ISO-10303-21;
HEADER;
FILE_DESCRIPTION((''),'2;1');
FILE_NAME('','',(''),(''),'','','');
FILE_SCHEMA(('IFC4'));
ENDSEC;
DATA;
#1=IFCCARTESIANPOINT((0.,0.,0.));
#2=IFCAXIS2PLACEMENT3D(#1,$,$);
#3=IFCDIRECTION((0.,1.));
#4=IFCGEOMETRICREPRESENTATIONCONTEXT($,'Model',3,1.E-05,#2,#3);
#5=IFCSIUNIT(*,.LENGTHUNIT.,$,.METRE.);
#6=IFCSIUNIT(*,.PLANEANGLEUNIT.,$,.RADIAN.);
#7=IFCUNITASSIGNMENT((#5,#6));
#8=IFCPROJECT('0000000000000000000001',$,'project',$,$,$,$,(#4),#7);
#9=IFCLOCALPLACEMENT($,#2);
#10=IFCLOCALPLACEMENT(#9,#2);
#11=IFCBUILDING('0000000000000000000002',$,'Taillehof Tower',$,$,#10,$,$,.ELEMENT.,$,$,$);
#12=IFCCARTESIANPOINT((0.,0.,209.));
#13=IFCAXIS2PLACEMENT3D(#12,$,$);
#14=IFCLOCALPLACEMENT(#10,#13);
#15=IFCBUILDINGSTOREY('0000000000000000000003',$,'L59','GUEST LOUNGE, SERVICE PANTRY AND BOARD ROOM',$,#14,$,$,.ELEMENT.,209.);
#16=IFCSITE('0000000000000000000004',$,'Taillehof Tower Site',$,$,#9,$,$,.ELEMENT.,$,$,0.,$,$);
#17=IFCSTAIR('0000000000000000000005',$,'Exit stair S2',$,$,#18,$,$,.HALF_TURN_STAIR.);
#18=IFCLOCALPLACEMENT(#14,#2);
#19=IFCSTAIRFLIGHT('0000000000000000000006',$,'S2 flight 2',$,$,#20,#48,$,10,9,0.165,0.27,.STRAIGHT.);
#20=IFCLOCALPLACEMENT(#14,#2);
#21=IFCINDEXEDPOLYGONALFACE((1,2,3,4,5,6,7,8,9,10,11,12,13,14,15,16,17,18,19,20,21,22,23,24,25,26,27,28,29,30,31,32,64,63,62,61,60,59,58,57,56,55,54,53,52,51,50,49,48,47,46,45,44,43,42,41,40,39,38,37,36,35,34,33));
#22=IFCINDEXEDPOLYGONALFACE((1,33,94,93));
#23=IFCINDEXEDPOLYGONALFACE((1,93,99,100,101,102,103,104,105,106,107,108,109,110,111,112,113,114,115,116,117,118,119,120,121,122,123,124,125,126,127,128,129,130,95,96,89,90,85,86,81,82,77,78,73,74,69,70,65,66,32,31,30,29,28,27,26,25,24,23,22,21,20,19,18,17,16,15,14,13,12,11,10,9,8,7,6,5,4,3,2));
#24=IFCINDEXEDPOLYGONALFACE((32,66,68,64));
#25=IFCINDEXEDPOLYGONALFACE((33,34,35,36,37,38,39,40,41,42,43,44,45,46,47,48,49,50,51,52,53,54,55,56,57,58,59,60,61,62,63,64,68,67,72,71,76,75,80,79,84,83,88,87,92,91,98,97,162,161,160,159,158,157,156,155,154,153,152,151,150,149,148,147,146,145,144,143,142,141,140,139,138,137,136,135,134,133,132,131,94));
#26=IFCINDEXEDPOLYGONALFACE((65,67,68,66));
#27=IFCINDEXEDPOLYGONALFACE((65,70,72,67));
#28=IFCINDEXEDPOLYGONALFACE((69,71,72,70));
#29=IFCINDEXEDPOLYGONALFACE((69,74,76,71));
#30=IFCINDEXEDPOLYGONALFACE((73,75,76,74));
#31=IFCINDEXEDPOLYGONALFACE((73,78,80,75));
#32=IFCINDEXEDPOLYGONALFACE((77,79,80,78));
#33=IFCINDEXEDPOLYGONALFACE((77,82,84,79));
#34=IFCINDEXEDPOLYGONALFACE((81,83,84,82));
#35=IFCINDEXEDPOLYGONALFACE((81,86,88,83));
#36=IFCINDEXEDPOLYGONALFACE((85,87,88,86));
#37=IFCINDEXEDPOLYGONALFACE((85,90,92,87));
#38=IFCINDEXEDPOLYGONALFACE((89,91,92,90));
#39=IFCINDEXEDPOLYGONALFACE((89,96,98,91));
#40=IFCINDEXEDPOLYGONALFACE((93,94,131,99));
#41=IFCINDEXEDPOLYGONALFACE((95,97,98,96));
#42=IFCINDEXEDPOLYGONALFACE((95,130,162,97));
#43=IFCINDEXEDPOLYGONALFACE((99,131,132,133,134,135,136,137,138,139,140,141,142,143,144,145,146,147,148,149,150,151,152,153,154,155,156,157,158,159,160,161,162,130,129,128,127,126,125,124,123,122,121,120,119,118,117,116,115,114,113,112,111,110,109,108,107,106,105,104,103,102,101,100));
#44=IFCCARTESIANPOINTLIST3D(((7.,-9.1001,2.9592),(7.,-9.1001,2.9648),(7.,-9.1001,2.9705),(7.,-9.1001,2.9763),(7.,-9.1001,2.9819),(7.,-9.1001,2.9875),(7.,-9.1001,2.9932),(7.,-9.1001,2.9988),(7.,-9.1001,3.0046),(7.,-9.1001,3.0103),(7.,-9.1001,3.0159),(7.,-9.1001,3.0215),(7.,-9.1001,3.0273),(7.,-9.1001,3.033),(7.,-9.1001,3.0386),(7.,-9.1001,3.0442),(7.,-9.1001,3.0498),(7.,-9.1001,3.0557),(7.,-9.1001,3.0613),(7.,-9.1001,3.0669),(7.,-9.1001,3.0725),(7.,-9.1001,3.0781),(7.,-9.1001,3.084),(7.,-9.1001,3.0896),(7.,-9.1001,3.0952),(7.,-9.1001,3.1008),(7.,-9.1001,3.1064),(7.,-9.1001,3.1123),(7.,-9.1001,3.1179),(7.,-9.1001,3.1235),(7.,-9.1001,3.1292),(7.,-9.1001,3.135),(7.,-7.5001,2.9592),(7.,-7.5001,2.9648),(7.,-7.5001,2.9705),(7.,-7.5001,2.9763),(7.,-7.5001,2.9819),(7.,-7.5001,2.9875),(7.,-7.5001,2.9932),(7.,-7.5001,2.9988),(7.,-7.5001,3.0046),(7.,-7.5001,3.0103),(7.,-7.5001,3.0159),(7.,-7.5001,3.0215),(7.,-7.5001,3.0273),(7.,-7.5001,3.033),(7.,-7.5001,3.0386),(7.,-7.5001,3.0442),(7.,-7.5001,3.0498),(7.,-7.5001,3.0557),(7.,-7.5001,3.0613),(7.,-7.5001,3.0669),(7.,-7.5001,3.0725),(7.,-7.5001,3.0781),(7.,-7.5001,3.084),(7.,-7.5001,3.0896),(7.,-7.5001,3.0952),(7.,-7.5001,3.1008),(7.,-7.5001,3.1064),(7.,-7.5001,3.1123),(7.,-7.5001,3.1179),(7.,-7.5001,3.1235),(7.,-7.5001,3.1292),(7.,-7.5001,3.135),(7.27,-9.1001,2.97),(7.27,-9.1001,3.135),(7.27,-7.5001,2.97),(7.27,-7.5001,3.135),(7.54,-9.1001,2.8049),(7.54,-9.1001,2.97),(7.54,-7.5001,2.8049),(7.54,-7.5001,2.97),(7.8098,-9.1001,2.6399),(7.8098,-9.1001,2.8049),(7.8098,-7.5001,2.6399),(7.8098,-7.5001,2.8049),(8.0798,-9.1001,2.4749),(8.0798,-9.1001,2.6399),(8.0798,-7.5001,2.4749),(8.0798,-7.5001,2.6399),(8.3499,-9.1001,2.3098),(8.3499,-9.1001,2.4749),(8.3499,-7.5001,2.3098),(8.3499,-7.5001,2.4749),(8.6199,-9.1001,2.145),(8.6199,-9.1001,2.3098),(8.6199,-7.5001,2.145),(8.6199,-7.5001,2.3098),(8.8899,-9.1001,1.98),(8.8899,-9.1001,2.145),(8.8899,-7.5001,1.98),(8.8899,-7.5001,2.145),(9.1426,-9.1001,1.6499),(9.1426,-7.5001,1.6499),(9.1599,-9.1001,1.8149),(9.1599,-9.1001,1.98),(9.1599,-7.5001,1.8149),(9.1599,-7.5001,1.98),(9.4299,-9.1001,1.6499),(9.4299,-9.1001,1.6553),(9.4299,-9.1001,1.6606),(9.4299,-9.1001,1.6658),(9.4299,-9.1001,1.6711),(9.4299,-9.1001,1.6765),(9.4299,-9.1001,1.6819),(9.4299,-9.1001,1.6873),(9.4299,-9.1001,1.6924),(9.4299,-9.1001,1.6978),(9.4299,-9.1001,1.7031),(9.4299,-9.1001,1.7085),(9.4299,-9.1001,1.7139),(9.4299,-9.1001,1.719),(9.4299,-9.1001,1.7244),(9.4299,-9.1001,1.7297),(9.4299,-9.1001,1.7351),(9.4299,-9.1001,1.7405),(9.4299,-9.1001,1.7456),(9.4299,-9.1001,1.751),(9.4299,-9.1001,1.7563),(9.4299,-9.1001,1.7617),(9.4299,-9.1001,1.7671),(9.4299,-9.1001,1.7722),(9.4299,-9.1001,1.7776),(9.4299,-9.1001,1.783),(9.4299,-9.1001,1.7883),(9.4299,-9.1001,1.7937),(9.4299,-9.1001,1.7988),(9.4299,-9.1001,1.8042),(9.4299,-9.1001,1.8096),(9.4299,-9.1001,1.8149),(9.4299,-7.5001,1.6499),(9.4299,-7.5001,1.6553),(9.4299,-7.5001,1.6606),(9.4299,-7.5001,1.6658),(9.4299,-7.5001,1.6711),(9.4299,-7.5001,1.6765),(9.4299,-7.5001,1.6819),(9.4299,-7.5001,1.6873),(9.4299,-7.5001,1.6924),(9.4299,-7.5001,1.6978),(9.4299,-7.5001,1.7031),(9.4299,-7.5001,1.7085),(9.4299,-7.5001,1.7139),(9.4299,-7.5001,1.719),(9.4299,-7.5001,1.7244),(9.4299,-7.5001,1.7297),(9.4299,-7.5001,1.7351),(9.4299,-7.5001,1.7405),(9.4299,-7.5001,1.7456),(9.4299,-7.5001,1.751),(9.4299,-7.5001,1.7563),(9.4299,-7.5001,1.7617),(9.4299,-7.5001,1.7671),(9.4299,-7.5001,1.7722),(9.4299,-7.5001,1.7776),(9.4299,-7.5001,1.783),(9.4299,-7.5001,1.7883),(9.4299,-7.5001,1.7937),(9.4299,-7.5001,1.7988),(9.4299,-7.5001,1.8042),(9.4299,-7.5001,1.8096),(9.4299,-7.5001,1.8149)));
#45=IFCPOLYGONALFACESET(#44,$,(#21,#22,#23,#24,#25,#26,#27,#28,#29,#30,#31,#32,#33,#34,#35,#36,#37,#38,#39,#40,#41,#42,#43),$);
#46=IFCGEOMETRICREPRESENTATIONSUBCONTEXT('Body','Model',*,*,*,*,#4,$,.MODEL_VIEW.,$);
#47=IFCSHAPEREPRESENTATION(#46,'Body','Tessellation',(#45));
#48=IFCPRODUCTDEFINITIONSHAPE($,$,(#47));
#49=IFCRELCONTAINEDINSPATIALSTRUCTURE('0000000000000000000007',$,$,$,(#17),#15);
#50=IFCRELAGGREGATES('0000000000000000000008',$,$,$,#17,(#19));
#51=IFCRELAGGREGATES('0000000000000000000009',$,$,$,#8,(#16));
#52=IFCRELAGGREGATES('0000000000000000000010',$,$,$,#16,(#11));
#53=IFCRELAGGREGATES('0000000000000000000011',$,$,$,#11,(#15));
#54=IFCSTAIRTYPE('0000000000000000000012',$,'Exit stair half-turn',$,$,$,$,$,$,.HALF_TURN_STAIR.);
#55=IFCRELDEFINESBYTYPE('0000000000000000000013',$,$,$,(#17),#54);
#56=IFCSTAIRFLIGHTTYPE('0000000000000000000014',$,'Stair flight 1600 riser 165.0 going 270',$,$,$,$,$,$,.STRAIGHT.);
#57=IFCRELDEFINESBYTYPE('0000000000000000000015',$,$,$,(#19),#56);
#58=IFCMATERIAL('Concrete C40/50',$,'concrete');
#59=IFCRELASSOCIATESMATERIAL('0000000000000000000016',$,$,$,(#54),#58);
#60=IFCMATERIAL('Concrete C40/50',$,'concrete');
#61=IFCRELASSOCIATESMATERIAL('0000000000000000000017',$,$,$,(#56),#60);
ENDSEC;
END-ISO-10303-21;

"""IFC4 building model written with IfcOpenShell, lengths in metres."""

from ifc_helpers import new_model, si_unit, direction, frame, origin, place, context, subcontext, project, spatial, polyline, outline, extrude, material, type_object, element, aggregate, save


model = new_model("IFC4")

# Units and contexts
model_context = context("Model", 3, precision=1e-05, world=origin(), true_north=direction((0.0, 1.0)))
body_context = subcontext(model_context, "Body", "Model", "MODEL_VIEW")
ifc_project = project(units=[si_unit("LENGTHUNIT", "METRE"), si_unit("PLANEANGLEUNIT", "RADIAN")], contexts=[model_context])

# Site, building, storey
site_placement = place(None, origin())
site = spatial("IfcSite", under=ifc_project, at=site_placement, Name="Taillehof Tower Site", CompositionType="ELEMENT", RefElevation=0.0)
building_placement = place(site_placement, origin())
building = spatial("IfcBuilding", under=site, at=building_placement, Name="Taillehof Tower", CompositionType="ELEMENT")
storey_placement = place(building_placement, frame((0.0, 0.0, 209.0)))
storey = spatial("IfcBuildingStorey", under=building, at=storey_placement, Name="L59", Description="GUEST LOUNGE, SERVICE PANTRY AND BOARD ROOM", CompositionType="ELEMENT", Elevation=209.0)

# Stair, stair flight
ifc_material_1 = material(Name="Concrete C40/50", Category="concrete")
stair_type = type_object("IfcStairType", Name="Exit stair half-turn", PredefinedType="HALF_TURN_STAIR", material=ifc_material_1)
stair_placement = place(storey_placement, origin())
stair = element("IfcStair", 1, at=stair_placement, inside=storey, type_object=stair_type, Name="Exit stair S2", PredefinedType="HALF_TURN_STAIR")
ifc_material_2 = material(Name="Concrete C40/50", Category="concrete")
stair_flight_type = type_object("IfcStairFlightType", Name="Stair flight 1600 riser 165.0 going 270", PredefinedType="STRAIGHT", material=ifc_material_2)
stair_flight_placement = place(storey_placement, frame((9.4299, -8.3, 1.6499), z_axis=(0.0, 0.0, 1.0), x_axis=(-1.0, 0.0, 0.0)))
stair_flight = element("IfcStairFlight", 2, at=stair_flight_placement, type_object=stair_flight_type, Name="S2 flight 2", NumberOfRisers=10, NumberOfTreads=9, PredefinedType="STRAIGHT", RiserHeight=0.165, TreadLength=0.27, context=body_context, shape_type="SweptSolid", body=[
    extrude(outline(polyline([(0.0, 0.0), (0.0, 0.0054), (0.0, 0.0107), (0.0, 0.0159), (0.0, 0.0212), (0.0, 0.0266), (0.0, 0.032), (0.0, 0.0374), (0.0, 0.0425), (0.0, 0.0479), (0.0, 0.0532), (0.0, 0.0586), (0.0, 0.064), (0.0, 0.0691), (0.0, 0.0745), (0.0, 0.0798), (0.0, 0.0852), (0.0, 0.0906), (0.0, 0.0957), (0.0, 0.1011), (0.0, 0.1064), (0.0, 0.1118), (0.0, 0.1172), (0.0, 0.1223), (0.0, 0.1277), (0.0, 0.1331), (0.0, 0.1384), (0.0, 0.1438), (0.0, 0.1489), (0.0, 0.1543), (0.0, 0.1597), (0.0, 0.165), (0.27, 0.165), (0.27, 0.3301), (0.54, 0.3301), (0.54, 0.4951), (0.8101, 0.4951), (0.8101, 0.6599), (1.0801, 0.6599), (1.0801, 0.825), (1.3501, 0.825), (1.3501, 0.99), (1.6201, 0.99), (1.6201, 1.155), (1.8899, 1.155), (1.8899, 1.3201), (2.1599, 1.3201), (2.1599, 1.4851), (2.4299, 1.4851), (2.4299, 1.4792), (2.4299, 1.4736), (2.4299, 1.468), (2.4299, 1.4624), (2.4299, 1.4565), (2.4299, 1.4509), (2.4299, 1.4453), (2.4299, 1.4397), (2.4299, 1.4341), (2.4299, 1.4282), (2.4299, 1.4226), (2.4299, 1.417), (2.4299, 1.4114), (2.4299, 1.4058), (2.4299, 1.3999), (2.4299, 1.3943), (2.4299, 1.3887), (2.4299, 1.3831), (2.4299, 1.3774), (2.4299, 1.3716), (2.4299, 1.366), (2.4299, 1.3604), (2.4299, 1.3547), (2.4299, 1.3489), (2.4299, 1.3433), (2.4299, 1.3376), (2.4299, 1.332), (2.4299, 1.3264), (2.4299, 1.3206), (2.4299, 1.3149), (2.4299, 1.3093), (0.2874, 0.0), (0.0, 0.0)])), frame((0.0, 0.8, 0.0), z_axis=(0.0, -1.0, 0.0), x_axis=(1.0, 0.0, 0.0)), (0.0, 0.0, 1.0), 1.6),
])
aggregate(stair, [stair_flight])

save(model, "model.ifc")
